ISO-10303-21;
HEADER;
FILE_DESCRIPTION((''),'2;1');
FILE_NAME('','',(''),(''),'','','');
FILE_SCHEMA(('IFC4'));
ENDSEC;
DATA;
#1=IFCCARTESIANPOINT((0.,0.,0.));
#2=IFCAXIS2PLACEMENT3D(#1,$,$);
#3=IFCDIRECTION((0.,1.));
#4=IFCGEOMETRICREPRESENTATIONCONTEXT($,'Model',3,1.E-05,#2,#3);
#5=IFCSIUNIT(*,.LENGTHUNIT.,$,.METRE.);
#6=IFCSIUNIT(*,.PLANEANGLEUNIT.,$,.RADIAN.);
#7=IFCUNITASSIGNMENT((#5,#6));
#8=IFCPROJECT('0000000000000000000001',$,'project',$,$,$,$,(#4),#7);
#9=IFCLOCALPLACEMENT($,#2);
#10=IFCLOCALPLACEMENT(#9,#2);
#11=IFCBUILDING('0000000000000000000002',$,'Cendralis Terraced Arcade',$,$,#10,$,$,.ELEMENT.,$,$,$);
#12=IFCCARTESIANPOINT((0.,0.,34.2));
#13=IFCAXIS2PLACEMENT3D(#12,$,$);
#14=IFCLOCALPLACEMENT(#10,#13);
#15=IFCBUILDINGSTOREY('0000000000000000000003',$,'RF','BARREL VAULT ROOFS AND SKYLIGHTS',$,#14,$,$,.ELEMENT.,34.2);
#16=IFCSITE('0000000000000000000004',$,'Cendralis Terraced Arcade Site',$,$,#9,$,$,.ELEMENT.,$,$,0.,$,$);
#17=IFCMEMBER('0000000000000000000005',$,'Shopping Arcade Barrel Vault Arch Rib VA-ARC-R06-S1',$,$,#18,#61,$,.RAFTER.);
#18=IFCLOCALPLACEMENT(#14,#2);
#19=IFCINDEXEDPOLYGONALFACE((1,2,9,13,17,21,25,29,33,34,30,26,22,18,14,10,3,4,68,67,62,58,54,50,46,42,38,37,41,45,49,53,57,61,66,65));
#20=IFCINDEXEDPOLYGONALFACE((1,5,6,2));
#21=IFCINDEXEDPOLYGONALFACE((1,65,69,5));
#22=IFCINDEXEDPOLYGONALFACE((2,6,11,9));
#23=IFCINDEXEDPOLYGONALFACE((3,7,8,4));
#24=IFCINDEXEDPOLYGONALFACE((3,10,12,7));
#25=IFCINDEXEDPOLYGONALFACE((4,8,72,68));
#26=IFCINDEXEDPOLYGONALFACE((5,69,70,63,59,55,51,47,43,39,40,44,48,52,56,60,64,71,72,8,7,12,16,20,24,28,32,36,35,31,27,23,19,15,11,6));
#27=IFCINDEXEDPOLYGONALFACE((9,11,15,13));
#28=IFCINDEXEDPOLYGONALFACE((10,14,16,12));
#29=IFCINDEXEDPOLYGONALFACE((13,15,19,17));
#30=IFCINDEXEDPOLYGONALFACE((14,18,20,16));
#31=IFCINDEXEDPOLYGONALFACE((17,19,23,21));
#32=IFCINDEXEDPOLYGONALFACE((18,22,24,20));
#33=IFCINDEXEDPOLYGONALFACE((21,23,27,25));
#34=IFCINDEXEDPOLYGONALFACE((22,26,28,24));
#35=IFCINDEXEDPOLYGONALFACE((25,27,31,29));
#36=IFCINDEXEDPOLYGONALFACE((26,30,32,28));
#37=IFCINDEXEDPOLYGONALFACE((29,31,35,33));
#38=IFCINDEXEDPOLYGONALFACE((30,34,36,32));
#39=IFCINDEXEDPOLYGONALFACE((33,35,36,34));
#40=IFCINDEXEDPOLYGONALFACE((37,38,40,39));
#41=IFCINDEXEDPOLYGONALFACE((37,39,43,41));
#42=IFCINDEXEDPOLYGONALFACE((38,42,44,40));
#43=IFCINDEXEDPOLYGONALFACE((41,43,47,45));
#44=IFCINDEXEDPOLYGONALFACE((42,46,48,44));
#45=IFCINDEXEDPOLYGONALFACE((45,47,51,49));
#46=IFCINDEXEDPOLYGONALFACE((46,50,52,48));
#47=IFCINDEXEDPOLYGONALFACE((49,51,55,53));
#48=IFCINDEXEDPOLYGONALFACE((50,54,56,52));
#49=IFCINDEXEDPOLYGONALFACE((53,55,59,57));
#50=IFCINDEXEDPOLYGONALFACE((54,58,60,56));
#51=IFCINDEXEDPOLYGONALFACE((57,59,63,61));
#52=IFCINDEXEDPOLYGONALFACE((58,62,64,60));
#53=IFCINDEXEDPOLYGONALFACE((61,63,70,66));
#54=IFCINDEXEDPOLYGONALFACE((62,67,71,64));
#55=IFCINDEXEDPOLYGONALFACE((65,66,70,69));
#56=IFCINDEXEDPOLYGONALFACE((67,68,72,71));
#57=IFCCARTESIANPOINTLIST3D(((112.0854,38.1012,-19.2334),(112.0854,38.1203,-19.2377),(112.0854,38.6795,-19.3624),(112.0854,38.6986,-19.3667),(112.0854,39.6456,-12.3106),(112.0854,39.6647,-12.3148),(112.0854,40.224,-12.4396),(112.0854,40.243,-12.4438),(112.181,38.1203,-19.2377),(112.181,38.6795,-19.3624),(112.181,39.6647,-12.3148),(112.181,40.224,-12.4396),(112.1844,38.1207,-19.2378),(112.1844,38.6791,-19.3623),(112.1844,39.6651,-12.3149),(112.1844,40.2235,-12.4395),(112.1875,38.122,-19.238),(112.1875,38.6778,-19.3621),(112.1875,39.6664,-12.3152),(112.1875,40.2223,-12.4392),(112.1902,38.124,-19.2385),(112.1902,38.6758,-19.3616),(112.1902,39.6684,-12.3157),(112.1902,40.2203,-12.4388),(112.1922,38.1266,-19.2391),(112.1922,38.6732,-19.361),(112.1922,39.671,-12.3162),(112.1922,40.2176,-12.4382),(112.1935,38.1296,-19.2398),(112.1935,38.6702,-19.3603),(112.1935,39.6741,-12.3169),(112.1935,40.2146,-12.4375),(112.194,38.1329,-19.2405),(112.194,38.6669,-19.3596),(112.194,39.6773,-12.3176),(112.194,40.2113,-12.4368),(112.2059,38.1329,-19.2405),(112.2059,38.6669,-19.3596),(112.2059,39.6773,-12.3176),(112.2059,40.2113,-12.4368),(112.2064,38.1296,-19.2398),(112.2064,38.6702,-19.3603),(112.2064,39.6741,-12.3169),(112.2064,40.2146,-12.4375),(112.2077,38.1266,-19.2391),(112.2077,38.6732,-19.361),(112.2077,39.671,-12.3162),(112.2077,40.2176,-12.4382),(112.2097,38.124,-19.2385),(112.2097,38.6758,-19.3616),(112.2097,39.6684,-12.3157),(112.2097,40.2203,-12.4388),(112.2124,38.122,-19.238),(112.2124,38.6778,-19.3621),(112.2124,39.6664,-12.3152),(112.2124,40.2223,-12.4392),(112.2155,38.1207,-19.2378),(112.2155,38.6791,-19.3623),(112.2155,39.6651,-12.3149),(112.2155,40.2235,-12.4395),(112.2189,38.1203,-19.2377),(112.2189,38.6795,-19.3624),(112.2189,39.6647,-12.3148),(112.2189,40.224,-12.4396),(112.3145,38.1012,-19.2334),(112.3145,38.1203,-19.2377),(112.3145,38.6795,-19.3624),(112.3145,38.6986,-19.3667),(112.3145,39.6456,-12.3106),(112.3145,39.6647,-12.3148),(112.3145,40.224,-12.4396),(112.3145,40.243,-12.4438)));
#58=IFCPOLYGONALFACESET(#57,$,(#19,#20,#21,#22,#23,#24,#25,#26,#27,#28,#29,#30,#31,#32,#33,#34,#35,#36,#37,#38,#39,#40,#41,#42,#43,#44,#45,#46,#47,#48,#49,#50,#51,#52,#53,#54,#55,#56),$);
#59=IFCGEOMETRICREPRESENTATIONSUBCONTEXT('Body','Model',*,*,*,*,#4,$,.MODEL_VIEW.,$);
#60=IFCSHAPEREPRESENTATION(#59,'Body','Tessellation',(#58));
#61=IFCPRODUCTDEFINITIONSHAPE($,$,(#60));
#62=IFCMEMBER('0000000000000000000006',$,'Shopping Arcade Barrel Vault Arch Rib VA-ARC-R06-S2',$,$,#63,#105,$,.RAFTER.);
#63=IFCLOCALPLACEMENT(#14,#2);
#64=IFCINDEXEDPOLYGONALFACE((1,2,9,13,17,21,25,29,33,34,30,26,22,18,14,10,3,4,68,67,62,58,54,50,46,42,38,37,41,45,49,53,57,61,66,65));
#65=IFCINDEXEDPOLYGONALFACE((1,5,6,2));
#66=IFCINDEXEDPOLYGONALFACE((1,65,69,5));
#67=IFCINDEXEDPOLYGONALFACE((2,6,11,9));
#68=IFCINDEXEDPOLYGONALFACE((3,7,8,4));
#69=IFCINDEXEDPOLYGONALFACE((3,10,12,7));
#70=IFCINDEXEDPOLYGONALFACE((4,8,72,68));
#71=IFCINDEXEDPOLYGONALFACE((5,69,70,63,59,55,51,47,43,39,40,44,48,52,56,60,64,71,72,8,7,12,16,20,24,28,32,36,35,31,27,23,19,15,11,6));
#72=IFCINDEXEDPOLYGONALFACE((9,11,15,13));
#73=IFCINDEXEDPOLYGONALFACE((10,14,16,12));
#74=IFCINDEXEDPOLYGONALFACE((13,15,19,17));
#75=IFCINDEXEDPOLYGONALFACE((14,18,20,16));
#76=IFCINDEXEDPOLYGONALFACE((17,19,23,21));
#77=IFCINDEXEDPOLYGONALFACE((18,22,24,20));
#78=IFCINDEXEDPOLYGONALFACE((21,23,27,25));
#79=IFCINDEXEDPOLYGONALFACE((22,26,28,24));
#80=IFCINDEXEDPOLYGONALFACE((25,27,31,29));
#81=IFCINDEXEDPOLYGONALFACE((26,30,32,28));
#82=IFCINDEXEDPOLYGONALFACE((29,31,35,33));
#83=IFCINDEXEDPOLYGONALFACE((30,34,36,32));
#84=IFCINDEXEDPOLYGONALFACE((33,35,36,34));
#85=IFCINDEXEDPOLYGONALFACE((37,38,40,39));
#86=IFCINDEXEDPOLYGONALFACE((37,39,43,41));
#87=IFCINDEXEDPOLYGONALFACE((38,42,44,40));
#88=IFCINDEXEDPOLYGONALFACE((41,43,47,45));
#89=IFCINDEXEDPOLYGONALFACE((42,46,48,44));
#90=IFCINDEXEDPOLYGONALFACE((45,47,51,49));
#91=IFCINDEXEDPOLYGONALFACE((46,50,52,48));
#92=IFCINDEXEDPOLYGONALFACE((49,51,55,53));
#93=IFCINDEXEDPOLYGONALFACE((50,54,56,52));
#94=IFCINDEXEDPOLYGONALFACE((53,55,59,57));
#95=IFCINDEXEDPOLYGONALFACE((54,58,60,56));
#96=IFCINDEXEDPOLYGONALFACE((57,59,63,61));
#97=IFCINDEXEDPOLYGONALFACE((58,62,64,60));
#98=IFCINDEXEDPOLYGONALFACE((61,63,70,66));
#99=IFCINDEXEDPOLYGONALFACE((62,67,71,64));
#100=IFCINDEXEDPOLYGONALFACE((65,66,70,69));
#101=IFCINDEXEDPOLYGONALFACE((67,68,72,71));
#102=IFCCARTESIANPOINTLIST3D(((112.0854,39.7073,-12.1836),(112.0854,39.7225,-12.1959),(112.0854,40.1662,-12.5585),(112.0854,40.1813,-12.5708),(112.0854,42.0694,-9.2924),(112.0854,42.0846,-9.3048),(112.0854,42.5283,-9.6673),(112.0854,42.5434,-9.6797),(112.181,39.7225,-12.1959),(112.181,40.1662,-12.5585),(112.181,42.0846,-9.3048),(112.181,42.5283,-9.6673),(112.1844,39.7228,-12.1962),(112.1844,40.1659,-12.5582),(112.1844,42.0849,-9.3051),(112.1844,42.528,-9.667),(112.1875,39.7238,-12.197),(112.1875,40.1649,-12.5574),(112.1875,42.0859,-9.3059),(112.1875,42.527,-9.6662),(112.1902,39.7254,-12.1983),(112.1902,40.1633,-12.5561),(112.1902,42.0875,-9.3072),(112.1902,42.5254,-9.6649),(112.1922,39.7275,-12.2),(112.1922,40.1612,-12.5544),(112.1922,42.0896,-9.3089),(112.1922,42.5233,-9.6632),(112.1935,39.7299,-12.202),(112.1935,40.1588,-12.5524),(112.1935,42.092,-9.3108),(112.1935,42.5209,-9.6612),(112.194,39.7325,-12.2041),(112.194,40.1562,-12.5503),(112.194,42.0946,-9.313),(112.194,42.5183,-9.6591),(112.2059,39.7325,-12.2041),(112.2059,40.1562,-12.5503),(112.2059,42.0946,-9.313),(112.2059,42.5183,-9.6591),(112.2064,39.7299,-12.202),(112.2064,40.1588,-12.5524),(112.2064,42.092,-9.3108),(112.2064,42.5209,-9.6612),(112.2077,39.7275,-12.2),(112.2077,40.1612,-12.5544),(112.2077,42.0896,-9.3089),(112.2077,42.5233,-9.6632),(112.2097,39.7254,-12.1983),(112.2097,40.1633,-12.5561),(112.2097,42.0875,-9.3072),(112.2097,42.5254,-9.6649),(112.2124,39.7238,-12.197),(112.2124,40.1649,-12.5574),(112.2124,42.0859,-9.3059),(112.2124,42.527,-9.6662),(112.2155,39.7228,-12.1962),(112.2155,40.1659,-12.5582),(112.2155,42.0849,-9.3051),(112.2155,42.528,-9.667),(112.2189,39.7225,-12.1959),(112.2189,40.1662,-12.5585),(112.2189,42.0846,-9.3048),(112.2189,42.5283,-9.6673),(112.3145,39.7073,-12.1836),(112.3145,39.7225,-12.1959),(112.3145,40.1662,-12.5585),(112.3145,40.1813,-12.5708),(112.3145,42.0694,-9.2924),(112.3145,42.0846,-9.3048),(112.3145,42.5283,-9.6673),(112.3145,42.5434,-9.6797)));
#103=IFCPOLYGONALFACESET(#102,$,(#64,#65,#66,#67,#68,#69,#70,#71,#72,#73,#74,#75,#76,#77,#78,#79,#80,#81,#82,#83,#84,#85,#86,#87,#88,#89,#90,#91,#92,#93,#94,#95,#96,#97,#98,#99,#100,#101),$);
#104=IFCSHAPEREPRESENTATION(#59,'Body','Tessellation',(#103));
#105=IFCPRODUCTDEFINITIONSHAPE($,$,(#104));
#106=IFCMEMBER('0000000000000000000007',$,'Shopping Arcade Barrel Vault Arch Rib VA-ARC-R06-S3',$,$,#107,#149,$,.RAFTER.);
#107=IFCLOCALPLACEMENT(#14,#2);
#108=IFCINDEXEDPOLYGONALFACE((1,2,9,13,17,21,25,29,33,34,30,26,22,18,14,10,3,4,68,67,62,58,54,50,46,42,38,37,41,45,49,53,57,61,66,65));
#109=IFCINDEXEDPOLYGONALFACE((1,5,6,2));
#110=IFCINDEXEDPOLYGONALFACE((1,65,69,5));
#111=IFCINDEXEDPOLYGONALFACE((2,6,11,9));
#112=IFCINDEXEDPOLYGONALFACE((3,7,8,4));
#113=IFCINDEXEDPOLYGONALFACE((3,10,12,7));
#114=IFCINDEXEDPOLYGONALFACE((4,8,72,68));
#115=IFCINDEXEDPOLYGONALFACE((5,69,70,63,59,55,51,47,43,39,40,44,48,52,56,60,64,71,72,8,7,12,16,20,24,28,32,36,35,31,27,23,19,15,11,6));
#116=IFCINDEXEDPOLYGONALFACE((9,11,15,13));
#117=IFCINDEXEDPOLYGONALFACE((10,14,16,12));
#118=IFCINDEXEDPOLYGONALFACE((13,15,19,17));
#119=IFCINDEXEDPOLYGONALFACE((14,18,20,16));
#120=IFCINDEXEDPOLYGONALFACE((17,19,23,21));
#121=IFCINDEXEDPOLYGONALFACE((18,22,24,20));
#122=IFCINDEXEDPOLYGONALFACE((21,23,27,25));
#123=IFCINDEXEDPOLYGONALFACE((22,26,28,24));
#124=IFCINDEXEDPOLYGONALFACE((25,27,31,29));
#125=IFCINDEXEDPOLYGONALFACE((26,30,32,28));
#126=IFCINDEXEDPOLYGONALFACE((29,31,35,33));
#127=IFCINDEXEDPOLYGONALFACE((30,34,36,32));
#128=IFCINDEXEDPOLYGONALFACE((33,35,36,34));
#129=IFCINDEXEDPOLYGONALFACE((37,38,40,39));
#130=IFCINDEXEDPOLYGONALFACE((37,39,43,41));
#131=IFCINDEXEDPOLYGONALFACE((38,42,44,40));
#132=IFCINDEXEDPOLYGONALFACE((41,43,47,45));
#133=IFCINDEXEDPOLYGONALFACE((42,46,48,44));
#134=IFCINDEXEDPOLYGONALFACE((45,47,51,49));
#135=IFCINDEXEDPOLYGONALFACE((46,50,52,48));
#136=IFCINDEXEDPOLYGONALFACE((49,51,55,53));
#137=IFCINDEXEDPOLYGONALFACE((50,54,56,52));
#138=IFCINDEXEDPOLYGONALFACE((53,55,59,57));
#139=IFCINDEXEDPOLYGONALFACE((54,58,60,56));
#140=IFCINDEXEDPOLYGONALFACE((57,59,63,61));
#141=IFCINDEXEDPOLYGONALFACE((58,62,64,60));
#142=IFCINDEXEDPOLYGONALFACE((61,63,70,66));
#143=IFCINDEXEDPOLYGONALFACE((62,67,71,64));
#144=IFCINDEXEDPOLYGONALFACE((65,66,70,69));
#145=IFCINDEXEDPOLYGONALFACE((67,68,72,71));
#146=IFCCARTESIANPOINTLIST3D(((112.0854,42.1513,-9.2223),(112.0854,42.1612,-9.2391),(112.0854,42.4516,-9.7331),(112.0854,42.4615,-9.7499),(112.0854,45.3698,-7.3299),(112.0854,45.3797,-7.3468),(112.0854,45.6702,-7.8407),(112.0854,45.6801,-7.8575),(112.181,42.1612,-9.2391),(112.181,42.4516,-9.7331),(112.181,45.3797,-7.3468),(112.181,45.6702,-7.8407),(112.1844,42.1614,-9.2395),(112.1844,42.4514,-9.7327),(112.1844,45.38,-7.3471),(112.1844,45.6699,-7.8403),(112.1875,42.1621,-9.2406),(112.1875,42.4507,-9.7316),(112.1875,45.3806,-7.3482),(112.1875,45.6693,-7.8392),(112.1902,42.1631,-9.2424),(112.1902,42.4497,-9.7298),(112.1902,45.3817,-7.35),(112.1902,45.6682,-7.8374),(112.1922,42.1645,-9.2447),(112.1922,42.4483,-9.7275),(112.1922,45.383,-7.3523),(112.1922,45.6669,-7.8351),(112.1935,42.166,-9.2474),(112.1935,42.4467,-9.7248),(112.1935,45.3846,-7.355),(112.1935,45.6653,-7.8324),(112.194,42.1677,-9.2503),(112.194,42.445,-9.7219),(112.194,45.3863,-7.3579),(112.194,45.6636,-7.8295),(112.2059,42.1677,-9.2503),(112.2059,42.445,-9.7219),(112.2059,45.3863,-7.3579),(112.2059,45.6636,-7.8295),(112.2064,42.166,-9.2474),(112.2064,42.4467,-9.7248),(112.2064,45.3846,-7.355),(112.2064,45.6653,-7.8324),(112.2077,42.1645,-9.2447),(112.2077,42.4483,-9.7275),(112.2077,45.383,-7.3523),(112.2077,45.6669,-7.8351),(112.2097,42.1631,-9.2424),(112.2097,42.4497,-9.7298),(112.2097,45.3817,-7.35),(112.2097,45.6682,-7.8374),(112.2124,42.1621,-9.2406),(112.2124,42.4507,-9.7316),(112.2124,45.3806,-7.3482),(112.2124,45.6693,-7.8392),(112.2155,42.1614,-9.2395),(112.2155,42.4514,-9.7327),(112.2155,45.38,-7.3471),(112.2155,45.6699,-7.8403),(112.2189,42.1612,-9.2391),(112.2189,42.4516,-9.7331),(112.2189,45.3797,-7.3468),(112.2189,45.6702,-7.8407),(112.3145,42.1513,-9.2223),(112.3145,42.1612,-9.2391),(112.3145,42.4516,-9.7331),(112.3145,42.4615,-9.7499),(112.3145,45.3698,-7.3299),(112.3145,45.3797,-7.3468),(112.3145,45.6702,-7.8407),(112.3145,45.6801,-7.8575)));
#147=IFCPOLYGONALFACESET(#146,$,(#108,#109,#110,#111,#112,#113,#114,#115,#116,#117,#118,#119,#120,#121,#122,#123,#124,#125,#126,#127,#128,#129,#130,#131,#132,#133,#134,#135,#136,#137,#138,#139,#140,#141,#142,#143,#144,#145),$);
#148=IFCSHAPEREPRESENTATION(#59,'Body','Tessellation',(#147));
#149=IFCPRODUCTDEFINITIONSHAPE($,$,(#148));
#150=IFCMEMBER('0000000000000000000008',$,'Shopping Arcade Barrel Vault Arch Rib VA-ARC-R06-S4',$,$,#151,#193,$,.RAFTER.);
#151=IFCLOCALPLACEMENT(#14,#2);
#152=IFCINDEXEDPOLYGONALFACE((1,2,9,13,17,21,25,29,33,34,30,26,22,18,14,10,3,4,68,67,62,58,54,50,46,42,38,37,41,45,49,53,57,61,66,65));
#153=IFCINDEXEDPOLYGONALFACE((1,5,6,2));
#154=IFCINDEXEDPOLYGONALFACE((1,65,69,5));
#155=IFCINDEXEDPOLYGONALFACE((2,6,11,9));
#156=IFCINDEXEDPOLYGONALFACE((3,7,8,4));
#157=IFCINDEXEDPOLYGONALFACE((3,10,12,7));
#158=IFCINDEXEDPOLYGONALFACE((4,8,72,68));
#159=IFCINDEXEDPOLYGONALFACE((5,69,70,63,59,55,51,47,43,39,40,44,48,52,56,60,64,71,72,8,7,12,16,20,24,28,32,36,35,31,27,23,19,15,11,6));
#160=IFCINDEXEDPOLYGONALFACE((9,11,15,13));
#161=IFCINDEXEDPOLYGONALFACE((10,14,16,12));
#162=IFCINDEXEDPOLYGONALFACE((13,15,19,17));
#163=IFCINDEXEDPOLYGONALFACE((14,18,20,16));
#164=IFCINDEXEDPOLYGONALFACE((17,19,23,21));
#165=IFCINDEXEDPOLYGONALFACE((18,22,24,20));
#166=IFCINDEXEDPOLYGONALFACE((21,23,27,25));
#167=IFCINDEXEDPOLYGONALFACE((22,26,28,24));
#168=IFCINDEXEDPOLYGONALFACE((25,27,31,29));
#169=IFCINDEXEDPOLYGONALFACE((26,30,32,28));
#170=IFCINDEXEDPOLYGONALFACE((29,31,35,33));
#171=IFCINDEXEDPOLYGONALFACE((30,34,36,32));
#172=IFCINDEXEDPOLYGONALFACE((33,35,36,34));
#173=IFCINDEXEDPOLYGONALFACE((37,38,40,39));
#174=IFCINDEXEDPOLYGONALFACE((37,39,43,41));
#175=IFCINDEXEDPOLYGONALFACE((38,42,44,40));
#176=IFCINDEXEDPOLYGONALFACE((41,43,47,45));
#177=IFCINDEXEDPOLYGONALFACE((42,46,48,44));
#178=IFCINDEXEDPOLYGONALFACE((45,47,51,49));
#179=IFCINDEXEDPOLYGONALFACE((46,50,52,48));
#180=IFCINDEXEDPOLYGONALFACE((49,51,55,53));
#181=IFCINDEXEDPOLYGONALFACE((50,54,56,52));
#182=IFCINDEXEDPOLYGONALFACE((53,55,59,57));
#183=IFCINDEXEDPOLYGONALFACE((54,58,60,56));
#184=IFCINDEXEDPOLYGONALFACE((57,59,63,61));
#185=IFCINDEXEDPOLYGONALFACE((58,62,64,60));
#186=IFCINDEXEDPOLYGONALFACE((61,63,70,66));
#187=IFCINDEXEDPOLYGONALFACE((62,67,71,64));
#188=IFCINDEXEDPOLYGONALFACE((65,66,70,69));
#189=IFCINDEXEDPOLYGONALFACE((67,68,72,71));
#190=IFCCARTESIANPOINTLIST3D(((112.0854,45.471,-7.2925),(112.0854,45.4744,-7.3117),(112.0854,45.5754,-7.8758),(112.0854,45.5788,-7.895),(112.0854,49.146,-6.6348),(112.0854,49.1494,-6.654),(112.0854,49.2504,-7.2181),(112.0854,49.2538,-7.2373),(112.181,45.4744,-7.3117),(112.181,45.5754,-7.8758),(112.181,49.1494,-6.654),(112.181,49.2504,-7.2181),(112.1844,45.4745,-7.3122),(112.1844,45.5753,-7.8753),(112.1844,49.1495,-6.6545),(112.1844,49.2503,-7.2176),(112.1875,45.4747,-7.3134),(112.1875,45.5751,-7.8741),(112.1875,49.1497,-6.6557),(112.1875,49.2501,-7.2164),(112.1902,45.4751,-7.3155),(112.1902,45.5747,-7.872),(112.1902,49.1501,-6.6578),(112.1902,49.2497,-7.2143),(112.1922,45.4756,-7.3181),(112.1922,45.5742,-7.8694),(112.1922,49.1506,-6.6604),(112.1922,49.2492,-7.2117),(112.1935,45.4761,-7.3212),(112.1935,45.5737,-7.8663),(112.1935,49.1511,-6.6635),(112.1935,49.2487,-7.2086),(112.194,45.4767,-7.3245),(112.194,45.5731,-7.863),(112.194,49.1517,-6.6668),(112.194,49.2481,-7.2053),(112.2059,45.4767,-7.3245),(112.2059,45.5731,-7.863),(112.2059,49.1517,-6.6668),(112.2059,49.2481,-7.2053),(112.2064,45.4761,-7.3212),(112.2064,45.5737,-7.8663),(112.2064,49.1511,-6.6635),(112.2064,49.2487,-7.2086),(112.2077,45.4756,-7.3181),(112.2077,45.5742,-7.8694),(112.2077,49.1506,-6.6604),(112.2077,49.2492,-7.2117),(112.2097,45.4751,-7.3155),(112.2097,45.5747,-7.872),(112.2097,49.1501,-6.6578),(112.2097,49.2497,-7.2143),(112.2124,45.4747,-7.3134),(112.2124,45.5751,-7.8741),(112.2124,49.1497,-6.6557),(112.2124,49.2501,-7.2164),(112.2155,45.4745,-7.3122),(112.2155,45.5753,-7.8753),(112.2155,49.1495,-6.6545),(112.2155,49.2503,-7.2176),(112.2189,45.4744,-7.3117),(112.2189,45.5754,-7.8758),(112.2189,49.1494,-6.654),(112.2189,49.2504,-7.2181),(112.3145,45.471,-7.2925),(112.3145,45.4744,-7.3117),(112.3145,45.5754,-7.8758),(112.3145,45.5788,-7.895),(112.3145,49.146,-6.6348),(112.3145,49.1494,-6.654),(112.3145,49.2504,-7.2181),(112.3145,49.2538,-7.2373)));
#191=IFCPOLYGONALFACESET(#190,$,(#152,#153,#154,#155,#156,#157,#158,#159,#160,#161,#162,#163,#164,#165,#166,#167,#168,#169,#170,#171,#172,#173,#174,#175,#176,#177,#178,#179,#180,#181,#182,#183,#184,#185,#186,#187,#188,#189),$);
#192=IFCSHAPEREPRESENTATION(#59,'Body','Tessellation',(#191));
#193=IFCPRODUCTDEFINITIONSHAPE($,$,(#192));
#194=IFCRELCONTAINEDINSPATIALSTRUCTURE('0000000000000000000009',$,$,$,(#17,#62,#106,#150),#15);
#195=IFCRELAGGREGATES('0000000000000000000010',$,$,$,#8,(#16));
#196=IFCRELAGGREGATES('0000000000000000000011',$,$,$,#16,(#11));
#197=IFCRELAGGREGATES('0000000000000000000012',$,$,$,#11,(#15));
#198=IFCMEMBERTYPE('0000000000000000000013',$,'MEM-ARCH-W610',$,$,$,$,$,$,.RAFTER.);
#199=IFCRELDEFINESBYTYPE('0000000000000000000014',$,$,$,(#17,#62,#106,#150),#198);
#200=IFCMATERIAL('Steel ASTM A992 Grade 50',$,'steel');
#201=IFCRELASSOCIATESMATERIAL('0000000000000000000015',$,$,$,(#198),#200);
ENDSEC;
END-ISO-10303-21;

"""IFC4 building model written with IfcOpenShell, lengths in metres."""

from ifc_helpers import new_model, si_unit, direction, frame, origin, origin_2d, place, context, subcontext, project, spatial, i_section, extrude, material, material_profile, profile_set, type_object, element, save


model = new_model("IFC4")

# Units and contexts
model_context = context("Model", 3, precision=1e-05, world=origin(), true_north=direction((0.0, 1.0)))
body_context = subcontext(model_context, "Body", "Model", "MODEL_VIEW")
ifc_project = project(units=[si_unit("LENGTHUNIT", "METRE"), si_unit("PLANEANGLEUNIT", "RADIAN")], contexts=[model_context])

# Site, building, storey
site_placement = place(None, origin())
site = spatial("IfcSite", under=ifc_project, at=site_placement, Name="Cendralis Terraced Arcade Site", CompositionType="ELEMENT", RefElevation=0.0)
building_placement = place(site_placement, origin())
building = spatial("IfcBuilding", under=site, at=building_placement, Name="Cendralis Terraced Arcade", CompositionType="ELEMENT")
storey_placement = place(building_placement, frame((0.0, 0.0, 34.2)))
storey = spatial("IfcBuildingStorey", under=building, at=storey_placement, Name="RF", Description="BARREL VAULT ROOFS AND SKYLIGHTS", CompositionType="ELEMENT", Elevation=34.2)

# Members
ifc_material_1 = material(Name="Steel ASTM A992 Grade 50", Category="steel")
ifc_material_profile_1 = material_profile(ifc_material_1, i_section(OverallWidth=0.229, OverallDepth=0.6121, WebThickness=0.012, FlangeThickness=0.0195, FilletRadius=0.0129, at=origin_2d()), Name="W610X125", Category="LoadBearing")
ifc_profile_set_1 = profile_set([ifc_material_profile_1], Name="Steel ASTM A992 Grade 50")
member_type_1 = type_object("IfcMemberType", Name="MEM-ARCH-W610", PredefinedType="RAFTER", material=ifc_profile_set_1)
member_1_placement = place(storey_placement, frame((112.2, 38.3999, -19.3), z_axis=(0.0, 0.217739, 0.976007), x_axis=(-1.0, 0.0, 0.0)))
element("IfcMember", 1, at=member_1_placement, inside=storey, type_object=member_type_1, Name="Shopping Arcade Barrel Vault Arch Rib VA-ARC-R06-S1", PredefinedType="RAFTER", context=body_context, shape_type="SweptSolid", body=[
    extrude(i_section(OverallWidth=0.229, OverallDepth=0.6121, WebThickness=0.012, FlangeThickness=0.0195, FilletRadius=0.0129, at=origin_2d()), origin(), (0.0, 0.0, 1.0), 7.093),
])
member_2_placement = place(storey_placement, frame((112.2, 39.9443, -12.3772), z_axis=(0.0, 0.632693, 0.774403), x_axis=(-1.0, 0.0, 0.0)))
element("IfcMember", 2, at=member_2_placement, inside=storey, type_object=member_type_1, Name="Shopping Arcade Barrel Vault Arch Rib VA-ARC-R06-S2", PredefinedType="RAFTER", context=body_context, shape_type="SweptSolid", body=[
    extrude(i_section(OverallWidth=0.229, OverallDepth=0.6121, WebThickness=0.012, FlangeThickness=0.0195, FilletRadius=0.0129, at=origin_2d()), origin(), (0.0, 0.0, 1.0), 3.7334),
])
member_3_placement = place(storey_placement, frame((112.2, 42.3064, -9.4861), z_axis=(0.0, 0.86204, 0.50684), x_axis=(-1.0, 0.0, 0.0)))
element("IfcMember", 3, at=member_3_placement, inside=storey, type_object=member_type_1, Name="Shopping Arcade Barrel Vault Arch Rib VA-ARC-R06-S3", PredefinedType="RAFTER", context=body_context, shape_type="SweptSolid", body=[
    extrude(i_section(OverallWidth=0.229, OverallDepth=0.6121, WebThickness=0.012, FlangeThickness=0.0195, FilletRadius=0.0129, at=origin_2d()), origin(), (0.0, 0.0, 1.0), 3.7336),
])
member_4_placement = place(storey_placement, frame((112.2, 45.5249, -7.5938), z_axis=(0.0, 0.98436, 0.176169), x_axis=(-1.0, 0.0, 0.0)))
element("IfcMember", 4, at=member_4_placement, inside=storey, type_object=member_type_1, Name="Shopping Arcade Barrel Vault Arch Rib VA-ARC-R06-S4", PredefinedType="RAFTER", context=body_context, shape_type="SweptSolid", body=[
    extrude(i_section(OverallWidth=0.229, OverallDepth=0.6121, WebThickness=0.012, FlangeThickness=0.0195, FilletRadius=0.0129, at=origin_2d()), origin(), (0.0, 0.0, 1.0), 3.7334),
])

save(model, "model.ifc")
